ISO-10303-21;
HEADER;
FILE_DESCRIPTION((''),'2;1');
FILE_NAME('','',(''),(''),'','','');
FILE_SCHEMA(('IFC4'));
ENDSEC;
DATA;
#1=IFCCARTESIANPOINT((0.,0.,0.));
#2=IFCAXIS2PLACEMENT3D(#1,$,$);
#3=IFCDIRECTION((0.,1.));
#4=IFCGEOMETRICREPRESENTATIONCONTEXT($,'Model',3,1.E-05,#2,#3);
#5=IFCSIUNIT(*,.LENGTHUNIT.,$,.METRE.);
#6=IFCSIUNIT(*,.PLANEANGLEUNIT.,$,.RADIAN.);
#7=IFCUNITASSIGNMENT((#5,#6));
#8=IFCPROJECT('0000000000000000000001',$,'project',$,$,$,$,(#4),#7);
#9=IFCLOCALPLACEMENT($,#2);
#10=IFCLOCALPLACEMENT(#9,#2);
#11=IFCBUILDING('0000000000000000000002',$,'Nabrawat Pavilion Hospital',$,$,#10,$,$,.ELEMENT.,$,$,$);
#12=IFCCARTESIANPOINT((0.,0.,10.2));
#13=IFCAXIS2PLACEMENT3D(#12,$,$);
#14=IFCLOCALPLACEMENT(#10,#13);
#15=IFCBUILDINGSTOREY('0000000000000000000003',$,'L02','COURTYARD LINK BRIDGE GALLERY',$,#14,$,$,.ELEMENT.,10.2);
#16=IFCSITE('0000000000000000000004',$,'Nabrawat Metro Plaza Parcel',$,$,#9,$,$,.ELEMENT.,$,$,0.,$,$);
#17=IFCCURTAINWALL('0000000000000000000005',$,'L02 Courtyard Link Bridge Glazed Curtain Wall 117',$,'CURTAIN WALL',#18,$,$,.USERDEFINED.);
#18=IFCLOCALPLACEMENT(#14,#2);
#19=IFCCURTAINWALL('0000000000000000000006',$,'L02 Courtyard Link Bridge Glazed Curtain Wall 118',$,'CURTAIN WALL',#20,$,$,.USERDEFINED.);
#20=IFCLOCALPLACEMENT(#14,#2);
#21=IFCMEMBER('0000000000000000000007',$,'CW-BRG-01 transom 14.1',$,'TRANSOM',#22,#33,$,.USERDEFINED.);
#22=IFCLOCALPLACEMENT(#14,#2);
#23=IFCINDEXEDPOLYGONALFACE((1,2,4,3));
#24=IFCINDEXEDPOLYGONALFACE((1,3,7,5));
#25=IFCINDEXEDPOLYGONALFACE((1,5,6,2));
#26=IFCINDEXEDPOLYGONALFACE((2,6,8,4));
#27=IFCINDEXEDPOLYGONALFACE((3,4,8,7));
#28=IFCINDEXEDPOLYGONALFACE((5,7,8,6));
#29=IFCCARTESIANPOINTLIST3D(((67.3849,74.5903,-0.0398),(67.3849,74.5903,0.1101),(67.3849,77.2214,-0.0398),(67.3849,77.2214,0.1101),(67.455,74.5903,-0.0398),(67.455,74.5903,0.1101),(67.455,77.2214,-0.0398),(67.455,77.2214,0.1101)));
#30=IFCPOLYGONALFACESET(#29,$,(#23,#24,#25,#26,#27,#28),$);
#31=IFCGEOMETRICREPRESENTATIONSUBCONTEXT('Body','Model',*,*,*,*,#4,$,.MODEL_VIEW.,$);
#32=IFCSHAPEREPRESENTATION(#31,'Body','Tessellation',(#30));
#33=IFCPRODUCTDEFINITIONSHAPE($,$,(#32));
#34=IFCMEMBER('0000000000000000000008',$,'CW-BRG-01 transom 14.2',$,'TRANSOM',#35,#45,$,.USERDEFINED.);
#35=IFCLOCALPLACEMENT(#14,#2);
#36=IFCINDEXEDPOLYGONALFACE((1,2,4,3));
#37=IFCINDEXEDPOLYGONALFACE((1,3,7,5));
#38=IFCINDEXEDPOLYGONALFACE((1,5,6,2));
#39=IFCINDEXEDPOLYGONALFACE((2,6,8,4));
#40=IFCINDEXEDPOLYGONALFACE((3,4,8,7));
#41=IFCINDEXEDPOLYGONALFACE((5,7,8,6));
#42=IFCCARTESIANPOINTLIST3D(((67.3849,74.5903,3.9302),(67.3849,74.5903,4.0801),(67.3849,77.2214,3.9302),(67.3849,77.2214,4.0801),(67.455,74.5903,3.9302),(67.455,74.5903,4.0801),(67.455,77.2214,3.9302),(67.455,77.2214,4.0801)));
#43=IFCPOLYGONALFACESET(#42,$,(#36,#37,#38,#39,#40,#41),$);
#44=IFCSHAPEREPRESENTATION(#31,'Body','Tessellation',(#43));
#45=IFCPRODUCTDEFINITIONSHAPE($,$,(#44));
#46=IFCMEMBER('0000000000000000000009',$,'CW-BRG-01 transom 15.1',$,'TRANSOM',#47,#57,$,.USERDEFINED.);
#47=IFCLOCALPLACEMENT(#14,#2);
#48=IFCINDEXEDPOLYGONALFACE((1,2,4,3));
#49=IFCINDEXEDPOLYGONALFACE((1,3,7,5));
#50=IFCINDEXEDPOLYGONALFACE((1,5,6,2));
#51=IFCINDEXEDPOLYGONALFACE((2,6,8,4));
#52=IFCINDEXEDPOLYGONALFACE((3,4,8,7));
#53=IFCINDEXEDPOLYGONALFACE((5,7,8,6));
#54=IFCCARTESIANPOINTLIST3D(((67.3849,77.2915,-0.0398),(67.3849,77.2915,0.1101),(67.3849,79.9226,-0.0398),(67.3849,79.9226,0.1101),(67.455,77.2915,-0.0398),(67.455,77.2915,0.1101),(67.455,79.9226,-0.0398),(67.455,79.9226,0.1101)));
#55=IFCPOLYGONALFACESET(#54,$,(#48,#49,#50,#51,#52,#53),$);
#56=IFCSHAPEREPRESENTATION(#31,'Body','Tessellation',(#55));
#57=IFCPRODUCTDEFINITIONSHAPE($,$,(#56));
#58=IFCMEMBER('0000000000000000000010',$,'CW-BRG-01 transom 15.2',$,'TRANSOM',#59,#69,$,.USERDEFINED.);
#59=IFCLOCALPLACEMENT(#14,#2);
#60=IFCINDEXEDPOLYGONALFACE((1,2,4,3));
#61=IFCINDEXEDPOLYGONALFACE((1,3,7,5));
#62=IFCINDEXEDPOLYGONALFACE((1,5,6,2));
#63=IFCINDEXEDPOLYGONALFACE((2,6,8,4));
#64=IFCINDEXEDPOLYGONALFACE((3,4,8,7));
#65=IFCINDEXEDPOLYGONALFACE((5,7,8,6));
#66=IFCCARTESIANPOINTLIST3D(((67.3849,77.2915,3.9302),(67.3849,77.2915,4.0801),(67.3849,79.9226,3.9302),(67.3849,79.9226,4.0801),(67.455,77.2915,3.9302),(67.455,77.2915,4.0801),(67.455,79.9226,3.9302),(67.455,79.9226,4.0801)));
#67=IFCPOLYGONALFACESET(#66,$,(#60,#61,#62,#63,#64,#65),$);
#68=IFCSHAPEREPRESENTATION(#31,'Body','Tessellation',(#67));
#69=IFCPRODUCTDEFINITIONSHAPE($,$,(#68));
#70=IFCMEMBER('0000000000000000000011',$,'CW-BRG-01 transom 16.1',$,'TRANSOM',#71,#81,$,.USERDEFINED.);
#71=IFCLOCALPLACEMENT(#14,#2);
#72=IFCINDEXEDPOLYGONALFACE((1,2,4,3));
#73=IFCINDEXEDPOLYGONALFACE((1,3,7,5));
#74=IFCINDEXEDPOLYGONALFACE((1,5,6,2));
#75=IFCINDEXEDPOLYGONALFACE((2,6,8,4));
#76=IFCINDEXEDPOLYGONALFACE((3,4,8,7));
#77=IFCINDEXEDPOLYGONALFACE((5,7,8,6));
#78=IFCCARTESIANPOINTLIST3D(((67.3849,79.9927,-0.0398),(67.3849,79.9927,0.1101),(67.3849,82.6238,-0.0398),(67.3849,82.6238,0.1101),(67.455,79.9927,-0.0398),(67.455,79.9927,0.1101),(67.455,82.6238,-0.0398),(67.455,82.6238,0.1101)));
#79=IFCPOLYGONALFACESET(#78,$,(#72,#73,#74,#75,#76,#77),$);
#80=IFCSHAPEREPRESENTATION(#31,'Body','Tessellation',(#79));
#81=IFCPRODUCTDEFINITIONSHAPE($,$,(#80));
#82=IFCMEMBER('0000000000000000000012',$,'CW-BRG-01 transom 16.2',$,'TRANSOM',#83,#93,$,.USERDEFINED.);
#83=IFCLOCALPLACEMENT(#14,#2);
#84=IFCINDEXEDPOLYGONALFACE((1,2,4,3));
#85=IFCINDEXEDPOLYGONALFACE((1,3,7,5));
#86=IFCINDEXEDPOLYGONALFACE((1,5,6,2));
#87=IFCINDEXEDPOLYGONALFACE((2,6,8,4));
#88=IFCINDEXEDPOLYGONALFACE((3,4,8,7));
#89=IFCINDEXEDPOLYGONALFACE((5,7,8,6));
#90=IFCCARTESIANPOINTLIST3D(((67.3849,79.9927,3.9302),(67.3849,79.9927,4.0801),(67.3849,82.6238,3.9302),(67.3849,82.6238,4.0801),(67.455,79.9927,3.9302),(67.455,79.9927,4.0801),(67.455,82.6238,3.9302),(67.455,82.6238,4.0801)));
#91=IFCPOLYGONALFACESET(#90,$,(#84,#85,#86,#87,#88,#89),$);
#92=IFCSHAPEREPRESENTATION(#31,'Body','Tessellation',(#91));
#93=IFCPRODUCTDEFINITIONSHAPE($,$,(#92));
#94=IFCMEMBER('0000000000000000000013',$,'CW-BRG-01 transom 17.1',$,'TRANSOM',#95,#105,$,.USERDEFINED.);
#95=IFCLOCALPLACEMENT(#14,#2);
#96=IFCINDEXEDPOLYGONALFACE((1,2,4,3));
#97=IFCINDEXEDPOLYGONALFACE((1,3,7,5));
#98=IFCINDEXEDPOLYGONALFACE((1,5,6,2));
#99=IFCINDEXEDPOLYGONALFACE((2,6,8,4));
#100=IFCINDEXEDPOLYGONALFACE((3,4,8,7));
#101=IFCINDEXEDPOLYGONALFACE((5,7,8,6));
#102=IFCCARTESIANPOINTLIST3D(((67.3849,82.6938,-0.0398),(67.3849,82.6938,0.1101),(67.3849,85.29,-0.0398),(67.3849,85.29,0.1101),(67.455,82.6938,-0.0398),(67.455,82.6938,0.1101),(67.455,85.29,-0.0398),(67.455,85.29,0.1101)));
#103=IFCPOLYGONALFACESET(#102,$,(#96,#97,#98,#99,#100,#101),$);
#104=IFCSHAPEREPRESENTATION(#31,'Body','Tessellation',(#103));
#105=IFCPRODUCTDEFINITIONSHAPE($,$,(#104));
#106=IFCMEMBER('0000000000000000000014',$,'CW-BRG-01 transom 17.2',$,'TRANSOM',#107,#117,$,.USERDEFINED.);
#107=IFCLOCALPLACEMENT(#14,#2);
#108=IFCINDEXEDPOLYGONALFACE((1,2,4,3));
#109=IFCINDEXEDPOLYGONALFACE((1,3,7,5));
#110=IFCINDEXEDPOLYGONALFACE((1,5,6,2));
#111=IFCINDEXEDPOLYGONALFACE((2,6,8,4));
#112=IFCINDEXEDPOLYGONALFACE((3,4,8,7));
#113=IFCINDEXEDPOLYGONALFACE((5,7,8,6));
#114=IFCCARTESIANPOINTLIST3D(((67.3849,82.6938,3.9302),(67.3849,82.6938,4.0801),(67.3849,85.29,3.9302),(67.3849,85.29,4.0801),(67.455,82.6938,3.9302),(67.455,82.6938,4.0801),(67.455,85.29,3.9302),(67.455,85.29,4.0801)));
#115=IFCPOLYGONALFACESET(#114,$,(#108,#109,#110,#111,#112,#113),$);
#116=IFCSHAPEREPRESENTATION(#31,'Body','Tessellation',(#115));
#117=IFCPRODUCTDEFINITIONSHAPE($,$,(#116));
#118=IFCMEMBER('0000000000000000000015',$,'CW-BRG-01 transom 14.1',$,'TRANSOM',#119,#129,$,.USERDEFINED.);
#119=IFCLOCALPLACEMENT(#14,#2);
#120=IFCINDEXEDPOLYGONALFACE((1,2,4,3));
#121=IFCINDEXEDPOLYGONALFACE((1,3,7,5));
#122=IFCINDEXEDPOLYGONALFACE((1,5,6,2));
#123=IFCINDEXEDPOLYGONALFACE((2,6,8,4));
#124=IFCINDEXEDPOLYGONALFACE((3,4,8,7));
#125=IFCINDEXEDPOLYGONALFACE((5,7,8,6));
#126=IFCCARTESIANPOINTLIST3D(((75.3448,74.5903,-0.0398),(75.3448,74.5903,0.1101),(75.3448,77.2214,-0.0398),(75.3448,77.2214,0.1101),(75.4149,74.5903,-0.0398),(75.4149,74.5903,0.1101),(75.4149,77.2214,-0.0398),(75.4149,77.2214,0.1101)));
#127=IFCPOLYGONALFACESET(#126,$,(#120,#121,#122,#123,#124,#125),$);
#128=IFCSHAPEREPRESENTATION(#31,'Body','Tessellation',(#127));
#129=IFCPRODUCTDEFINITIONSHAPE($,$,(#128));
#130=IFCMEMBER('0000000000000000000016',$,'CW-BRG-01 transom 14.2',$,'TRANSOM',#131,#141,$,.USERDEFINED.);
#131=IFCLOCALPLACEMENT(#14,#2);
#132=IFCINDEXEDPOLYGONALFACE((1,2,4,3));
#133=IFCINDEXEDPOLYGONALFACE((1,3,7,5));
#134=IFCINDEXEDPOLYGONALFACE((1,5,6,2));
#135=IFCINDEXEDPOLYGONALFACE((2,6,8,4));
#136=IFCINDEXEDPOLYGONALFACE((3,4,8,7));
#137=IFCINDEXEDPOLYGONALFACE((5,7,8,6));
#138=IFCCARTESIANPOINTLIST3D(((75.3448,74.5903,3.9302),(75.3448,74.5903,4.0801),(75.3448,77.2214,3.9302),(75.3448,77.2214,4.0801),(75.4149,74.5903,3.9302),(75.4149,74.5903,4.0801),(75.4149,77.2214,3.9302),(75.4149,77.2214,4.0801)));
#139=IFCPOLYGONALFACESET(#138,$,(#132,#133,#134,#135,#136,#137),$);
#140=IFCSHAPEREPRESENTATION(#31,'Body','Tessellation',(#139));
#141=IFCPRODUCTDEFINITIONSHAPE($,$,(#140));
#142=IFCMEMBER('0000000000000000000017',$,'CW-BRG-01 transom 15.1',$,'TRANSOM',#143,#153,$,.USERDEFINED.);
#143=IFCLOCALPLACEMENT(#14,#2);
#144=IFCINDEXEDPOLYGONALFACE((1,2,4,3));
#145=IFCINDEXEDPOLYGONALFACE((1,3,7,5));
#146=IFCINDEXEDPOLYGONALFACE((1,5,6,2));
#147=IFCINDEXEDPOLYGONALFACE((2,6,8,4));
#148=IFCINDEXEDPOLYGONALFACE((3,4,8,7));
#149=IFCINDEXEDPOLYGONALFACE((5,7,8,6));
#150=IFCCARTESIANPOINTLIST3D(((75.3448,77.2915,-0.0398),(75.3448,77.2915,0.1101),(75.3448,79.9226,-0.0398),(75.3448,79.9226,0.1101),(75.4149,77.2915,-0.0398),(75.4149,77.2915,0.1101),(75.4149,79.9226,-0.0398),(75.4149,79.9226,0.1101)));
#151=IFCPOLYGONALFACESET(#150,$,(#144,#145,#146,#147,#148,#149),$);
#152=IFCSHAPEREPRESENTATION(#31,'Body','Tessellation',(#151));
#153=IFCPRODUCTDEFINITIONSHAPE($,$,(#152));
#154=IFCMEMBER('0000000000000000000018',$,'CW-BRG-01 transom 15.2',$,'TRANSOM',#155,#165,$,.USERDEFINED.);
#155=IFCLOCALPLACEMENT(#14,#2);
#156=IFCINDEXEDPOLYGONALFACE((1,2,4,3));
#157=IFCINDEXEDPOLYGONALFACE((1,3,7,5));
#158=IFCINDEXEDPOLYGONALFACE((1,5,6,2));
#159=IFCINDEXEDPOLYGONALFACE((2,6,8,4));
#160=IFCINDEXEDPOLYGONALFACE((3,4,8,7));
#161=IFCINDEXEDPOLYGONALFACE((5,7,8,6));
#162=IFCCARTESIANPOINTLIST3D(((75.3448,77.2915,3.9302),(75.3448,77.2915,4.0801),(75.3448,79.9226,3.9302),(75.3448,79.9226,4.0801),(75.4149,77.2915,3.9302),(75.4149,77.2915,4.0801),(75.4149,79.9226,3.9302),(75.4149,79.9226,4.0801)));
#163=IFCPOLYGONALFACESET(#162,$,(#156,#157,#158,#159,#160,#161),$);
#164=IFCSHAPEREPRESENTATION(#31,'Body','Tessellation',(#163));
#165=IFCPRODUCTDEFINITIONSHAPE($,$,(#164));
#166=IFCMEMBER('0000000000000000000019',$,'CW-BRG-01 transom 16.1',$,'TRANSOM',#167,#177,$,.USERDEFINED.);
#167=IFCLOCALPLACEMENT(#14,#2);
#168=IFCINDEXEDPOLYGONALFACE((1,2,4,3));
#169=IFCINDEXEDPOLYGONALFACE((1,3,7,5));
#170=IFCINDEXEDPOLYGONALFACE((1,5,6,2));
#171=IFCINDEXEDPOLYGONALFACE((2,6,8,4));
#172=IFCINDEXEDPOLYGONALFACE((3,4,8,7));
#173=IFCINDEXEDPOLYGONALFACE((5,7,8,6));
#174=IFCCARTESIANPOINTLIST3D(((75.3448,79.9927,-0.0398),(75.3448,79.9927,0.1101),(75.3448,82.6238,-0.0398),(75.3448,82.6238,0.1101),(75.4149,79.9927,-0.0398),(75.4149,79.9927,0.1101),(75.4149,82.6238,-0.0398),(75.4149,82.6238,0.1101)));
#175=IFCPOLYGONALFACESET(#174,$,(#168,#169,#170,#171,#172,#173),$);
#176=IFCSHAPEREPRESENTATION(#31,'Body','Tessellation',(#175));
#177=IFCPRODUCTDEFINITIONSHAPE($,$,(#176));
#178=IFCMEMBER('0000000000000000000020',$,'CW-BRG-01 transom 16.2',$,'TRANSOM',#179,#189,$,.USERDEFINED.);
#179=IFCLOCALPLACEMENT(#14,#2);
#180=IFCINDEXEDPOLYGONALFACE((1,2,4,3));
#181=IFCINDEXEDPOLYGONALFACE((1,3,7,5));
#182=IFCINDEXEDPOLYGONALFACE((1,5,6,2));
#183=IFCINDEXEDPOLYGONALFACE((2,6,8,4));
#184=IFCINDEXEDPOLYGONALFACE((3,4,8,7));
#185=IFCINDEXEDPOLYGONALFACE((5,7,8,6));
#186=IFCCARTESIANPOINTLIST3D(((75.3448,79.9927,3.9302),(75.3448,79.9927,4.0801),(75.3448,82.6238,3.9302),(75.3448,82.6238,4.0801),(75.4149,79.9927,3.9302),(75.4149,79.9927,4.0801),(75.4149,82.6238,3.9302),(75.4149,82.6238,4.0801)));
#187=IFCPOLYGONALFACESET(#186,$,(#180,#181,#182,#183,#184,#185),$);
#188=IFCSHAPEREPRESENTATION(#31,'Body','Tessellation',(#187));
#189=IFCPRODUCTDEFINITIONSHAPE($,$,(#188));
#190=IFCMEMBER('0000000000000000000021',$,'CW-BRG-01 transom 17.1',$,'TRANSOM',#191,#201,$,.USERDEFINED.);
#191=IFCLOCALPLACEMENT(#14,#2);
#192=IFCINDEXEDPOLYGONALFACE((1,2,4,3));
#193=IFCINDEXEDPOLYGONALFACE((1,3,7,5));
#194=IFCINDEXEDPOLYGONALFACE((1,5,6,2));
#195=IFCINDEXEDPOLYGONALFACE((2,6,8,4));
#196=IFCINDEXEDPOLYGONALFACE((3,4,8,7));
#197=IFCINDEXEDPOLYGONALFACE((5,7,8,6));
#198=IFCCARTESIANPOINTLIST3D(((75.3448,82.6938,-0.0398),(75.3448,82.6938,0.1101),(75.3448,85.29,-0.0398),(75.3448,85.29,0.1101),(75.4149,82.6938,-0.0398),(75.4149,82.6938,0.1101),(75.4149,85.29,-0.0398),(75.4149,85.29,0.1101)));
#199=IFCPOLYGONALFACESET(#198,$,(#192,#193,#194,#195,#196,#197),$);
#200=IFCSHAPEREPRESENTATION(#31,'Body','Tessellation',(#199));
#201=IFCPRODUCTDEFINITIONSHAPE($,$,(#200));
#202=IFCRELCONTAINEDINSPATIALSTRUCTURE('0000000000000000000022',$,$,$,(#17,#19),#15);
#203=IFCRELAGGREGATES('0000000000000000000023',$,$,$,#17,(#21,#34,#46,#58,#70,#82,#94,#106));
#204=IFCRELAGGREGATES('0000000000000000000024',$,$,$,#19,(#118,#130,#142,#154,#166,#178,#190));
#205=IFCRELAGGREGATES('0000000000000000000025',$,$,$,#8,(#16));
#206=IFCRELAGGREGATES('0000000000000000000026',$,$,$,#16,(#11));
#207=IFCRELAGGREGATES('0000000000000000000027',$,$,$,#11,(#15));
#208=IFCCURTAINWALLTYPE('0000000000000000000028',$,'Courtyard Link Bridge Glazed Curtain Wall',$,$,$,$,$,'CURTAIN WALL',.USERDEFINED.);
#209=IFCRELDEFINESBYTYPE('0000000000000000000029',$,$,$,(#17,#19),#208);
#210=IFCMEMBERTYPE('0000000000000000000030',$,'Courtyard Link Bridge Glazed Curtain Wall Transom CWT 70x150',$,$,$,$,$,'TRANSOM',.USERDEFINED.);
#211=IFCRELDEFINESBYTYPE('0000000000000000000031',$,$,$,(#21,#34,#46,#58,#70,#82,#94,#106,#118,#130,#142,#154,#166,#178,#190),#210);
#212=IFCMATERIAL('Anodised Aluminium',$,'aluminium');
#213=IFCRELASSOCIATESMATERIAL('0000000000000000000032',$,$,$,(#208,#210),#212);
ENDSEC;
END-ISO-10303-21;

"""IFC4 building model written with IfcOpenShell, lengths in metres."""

from ifc_helpers import new_model, si_unit, direction, frame, origin, origin_2d, place, context, subcontext, project, spatial, rectangle, extrude, material, material_profile, profile_set, type_object, element, aggregate, save


model = new_model("IFC4")

# Units and contexts
model_context = context("Model", 3, precision=1e-05, world=origin(), true_north=direction((0.0, 1.0)))
body_context = subcontext(model_context, "Body", "Model", "MODEL_VIEW")
ifc_project = project(units=[si_unit("LENGTHUNIT", "METRE"), si_unit("PLANEANGLEUNIT", "RADIAN")], contexts=[model_context])

# Site, building, storey
site_placement = place(None, origin())
site = spatial("IfcSite", under=ifc_project, at=site_placement, Name="Nabrawat Metro Plaza Parcel", CompositionType="ELEMENT", RefElevation=0.0)
building_placement = place(site_placement, origin())
building = spatial("IfcBuilding", under=site, at=building_placement, Name="Nabrawat Pavilion Hospital", CompositionType="ELEMENT")
storey_placement = place(building_placement, frame((0.0, 0.0, 10.2)))
storey = spatial("IfcBuildingStorey", under=building, at=storey_placement, Name="L02", Description="COURTYARD LINK BRIDGE GALLERY", CompositionType="ELEMENT", Elevation=10.2)

# Curtain walls
ifc_material_1 = material(Name="Anodised Aluminium", Category="aluminium")
curtain_wall_type = type_object("IfcCurtainWallType", Name="Courtyard Link Bridge Glazed Curtain Wall", ElementType="CURTAIN WALL", PredefinedType="USERDEFINED", material=ifc_material_1)
curtain_wall_1_placement = place(storey_placement, origin())
curtain_wall_1 = element("IfcCurtainWall", 1, at=curtain_wall_1_placement, inside=storey, type_object=curtain_wall_type, Name="L02 Courtyard Link Bridge Glazed Curtain Wall 117", ObjectType="CURTAIN WALL", PredefinedType="USERDEFINED")
curtain_wall_2_placement = place(storey_placement, origin())
curtain_wall_2 = element("IfcCurtainWall", 2, at=curtain_wall_2_placement, inside=storey, type_object=curtain_wall_type, Name="L02 Courtyard Link Bridge Glazed Curtain Wall 118", ObjectType="CURTAIN WALL", PredefinedType="USERDEFINED")

# Members
ifc_material_profile_1 = material_profile(ifc_material_1, rectangle(XDim=0.0701, YDim=0.1499, at=origin_2d()), Name="CWT 70x150")
ifc_profile_set_1 = profile_set([ifc_material_profile_1], Name="Anodised Aluminium")
member_type_1 = type_object("IfcMemberType", Name="Courtyard Link Bridge Glazed Curtain Wall Transom CWT 70x150", ElementType="TRANSOM", PredefinedType="USERDEFINED", material=ifc_profile_set_1)
member_1_placement = place(storey_placement, frame((67.4199, 74.5903, 0.0352), z_axis=(0.0, 1.0, 0.0), x_axis=(-1.0, 0.0, 0.0)))
member_1 = element("IfcMember", 3, at=member_1_placement, type_object=member_type_1, Name="CW-BRG-01 transom 14.1", ObjectType="TRANSOM", PredefinedType="USERDEFINED", context=body_context, shape_type="SweptSolid", body=[
    extrude(rectangle(XDim=0.0701, YDim=0.1499, at=origin_2d()), origin(), (0.0, 0.0, 1.0), 2.6311),
])
member_2_placement = place(storey_placement, frame((67.4199, 74.5903, 4.0051), z_axis=(0.0, 1.0, 0.0), x_axis=(-1.0, 0.0, 0.0)))
member_2 = element("IfcMember", 4, at=member_2_placement, type_object=member_type_1, Name="CW-BRG-01 transom 14.2", ObjectType="TRANSOM", PredefinedType="USERDEFINED", context=body_context, shape_type="SweptSolid", body=[
    extrude(rectangle(XDim=0.0701, YDim=0.1499, at=origin_2d()), origin(), (0.0, 0.0, 1.0), 2.6311),
])
member_3_placement = place(storey_placement, frame((67.4199, 77.2915, 0.0352), z_axis=(0.0, 1.0, 0.0), x_axis=(-1.0, 0.0, 0.0)))
member_3 = element("IfcMember", 5, at=member_3_placement, type_object=member_type_1, Name="CW-BRG-01 transom 15.1", ObjectType="TRANSOM", PredefinedType="USERDEFINED", context=body_context, shape_type="SweptSolid", body=[
    extrude(rectangle(XDim=0.0701, YDim=0.1499, at=origin_2d()), origin(), (0.0, 0.0, 1.0), 2.6311),
])
member_4_placement = place(storey_placement, frame((67.4199, 77.2915, 4.0051), z_axis=(0.0, 1.0, 0.0), x_axis=(-1.0, 0.0, 0.0)))
member_4 = element("IfcMember", 6, at=member_4_placement, type_object=member_type_1, Name="CW-BRG-01 transom 15.2", ObjectType="TRANSOM", PredefinedType="USERDEFINED", context=body_context, shape_type="SweptSolid", body=[
    extrude(rectangle(XDim=0.0701, YDim=0.1499, at=origin_2d()), origin(), (0.0, 0.0, 1.0), 2.6311),
])
member_5_placement = place(storey_placement, frame((67.4199, 79.9927, 0.0352), z_axis=(0.0, 1.0, 0.0), x_axis=(-1.0, 0.0, 0.0)))
member_5 = element("IfcMember", 7, at=member_5_placement, type_object=member_type_1, Name="CW-BRG-01 transom 16.1", ObjectType="TRANSOM", PredefinedType="USERDEFINED", context=body_context, shape_type="SweptSolid", body=[
    extrude(rectangle(XDim=0.0701, YDim=0.1499, at=origin_2d()), origin(), (0.0, 0.0, 1.0), 2.6311),
])
member_6_placement = place(storey_placement, frame((67.4199, 79.9927, 4.0051), z_axis=(0.0, 1.0, 0.0), x_axis=(-1.0, 0.0, 0.0)))
member_6 = element("IfcMember", 8, at=member_6_placement, type_object=member_type_1, Name="CW-BRG-01 transom 16.2", ObjectType="TRANSOM", PredefinedType="USERDEFINED", context=body_context, shape_type="SweptSolid", body=[
    extrude(rectangle(XDim=0.0701, YDim=0.1499, at=origin_2d()), origin(), (0.0, 0.0, 1.0), 2.6311),
])
member_7_placement = place(storey_placement, frame((67.4199, 82.6938, 0.0352), z_axis=(0.0, 1.0, 0.0), x_axis=(-1.0, 0.0, 0.0)))
member_7 = element("IfcMember", 9, at=member_7_placement, type_object=member_type_1, Name="CW-BRG-01 transom 17.1", ObjectType="TRANSOM", PredefinedType="USERDEFINED", context=body_context, shape_type="SweptSolid", body=[
    extrude(rectangle(XDim=0.0701, YDim=0.1499, at=origin_2d()), origin(), (0.0, 0.0, 1.0), 2.5962),
])
member_8_placement = place(storey_placement, frame((67.4199, 82.6938, 4.0051), z_axis=(0.0, 1.0, 0.0), x_axis=(-1.0, 0.0, 0.0)))
member_8 = element("IfcMember", 10, at=member_8_placement, type_object=member_type_1, Name="CW-BRG-01 transom 17.2", ObjectType="TRANSOM", PredefinedType="USERDEFINED", context=body_context, shape_type="SweptSolid", body=[
    extrude(rectangle(XDim=0.0701, YDim=0.1499, at=origin_2d()), origin(), (0.0, 0.0, 1.0), 2.5962),
])
member_9_placement = place(storey_placement, frame((75.3799, 74.5903, 0.0352), z_axis=(0.0, 1.0, 0.0), x_axis=(-1.0, 0.0, 0.0)))
member_9 = element("IfcMember", 11, at=member_9_placement, type_object=member_type_1, Name="CW-BRG-01 transom 14.1", ObjectType="TRANSOM", PredefinedType="USERDEFINED", context=body_context, shape_type="SweptSolid", body=[
    extrude(rectangle(XDim=0.0701, YDim=0.1499, at=origin_2d()), origin(), (0.0, 0.0, 1.0), 2.6311),
])
member_10_placement = place(storey_placement, frame((75.3799, 74.5903, 4.0051), z_axis=(0.0, 1.0, 0.0), x_axis=(-1.0, 0.0, 0.0)))
member_10 = element("IfcMember", 12, at=member_10_placement, type_object=member_type_1, Name="CW-BRG-01 transom 14.2", ObjectType="TRANSOM", PredefinedType="USERDEFINED", context=body_context, shape_type="SweptSolid", body=[
    extrude(rectangle(XDim=0.0701, YDim=0.1499, at=origin_2d()), origin(), (0.0, 0.0, 1.0), 2.6311),
])
member_11_placement = place(storey_placement, frame((75.3799, 77.2915, 0.0352), z_axis=(0.0, 1.0, 0.0), x_axis=(-1.0, 0.0, 0.0)))
member_11 = element("IfcMember", 13, at=member_11_placement, type_object=member_type_1, Name="CW-BRG-01 transom 15.1", ObjectType="TRANSOM", PredefinedType="USERDEFINED", context=body_context, shape_type="SweptSolid", body=[
    extrude(rectangle(XDim=0.0701, YDim=0.1499, at=origin_2d()), origin(), (0.0, 0.0, 1.0), 2.6311),
])
member_12_placement = place(storey_placement, frame((75.3799, 77.2915, 4.0051), z_axis=(0.0, 1.0, 0.0), x_axis=(-1.0, 0.0, 0.0)))
member_12 = element("IfcMember", 14, at=member_12_placement, type_object=member_type_1, Name="CW-BRG-01 transom 15.2", ObjectType="TRANSOM", PredefinedType="USERDEFINED", context=body_context, shape_type="SweptSolid", body=[
    extrude(rectangle(XDim=0.0701, YDim=0.1499, at=origin_2d()), origin(), (0.0, 0.0, 1.0), 2.6311),
])
member_13_placement = place(storey_placement, frame((75.3799, 79.9927, 0.0352), z_axis=(0.0, 1.0, 0.0), x_axis=(-1.0, 0.0, 0.0)))
member_13 = element("IfcMember", 15, at=member_13_placement, type_object=member_type_1, Name="CW-BRG-01 transom 16.1", ObjectType="TRANSOM", PredefinedType="USERDEFINED", context=body_context, shape_type="SweptSolid", body=[
    extrude(rectangle(XDim=0.0701, YDim=0.1499, at=origin_2d()), origin(), (0.0, 0.0, 1.0), 2.6311),
])
member_14_placement = place(storey_placement, frame((75.3799, 79.9927, 4.0051), z_axis=(0.0, 1.0, 0.0), x_axis=(-1.0, 0.0, 0.0)))
member_14 = element("IfcMember", 16, at=member_14_placement, type_object=member_type_1, Name="CW-BRG-01 transom 16.2", ObjectType="TRANSOM", PredefinedType="USERDEFINED", context=body_context, shape_type="SweptSolid", body=[
    extrude(rectangle(XDim=0.0701, YDim=0.1499, at=origin_2d()), origin(), (0.0, 0.0, 1.0), 2.6311),
])
member_15_placement = place(storey_placement, frame((75.3799, 82.6938, 0.0352), z_axis=(0.0, 1.0, 0.0), x_axis=(-1.0, 0.0, 0.0)))
member_15 = element("IfcMember", 17, at=member_15_placement, type_object=member_type_1, Name="CW-BRG-01 transom 17.1", ObjectType="TRANSOM", PredefinedType="USERDEFINED", context=body_context, shape_type="SweptSolid", body=[
    extrude(rectangle(XDim=0.0701, YDim=0.1499, at=origin_2d()), origin(), (0.0, 0.0, 1.0), 2.5962),
])

aggregate(curtain_wall_1, [member_1, member_2, member_3, member_4, member_5, member_6, member_7, member_8])
aggregate(curtain_wall_2, [member_9, member_10, member_11, member_12, member_13, member_14, member_15])

save(model, "model.ifc")
